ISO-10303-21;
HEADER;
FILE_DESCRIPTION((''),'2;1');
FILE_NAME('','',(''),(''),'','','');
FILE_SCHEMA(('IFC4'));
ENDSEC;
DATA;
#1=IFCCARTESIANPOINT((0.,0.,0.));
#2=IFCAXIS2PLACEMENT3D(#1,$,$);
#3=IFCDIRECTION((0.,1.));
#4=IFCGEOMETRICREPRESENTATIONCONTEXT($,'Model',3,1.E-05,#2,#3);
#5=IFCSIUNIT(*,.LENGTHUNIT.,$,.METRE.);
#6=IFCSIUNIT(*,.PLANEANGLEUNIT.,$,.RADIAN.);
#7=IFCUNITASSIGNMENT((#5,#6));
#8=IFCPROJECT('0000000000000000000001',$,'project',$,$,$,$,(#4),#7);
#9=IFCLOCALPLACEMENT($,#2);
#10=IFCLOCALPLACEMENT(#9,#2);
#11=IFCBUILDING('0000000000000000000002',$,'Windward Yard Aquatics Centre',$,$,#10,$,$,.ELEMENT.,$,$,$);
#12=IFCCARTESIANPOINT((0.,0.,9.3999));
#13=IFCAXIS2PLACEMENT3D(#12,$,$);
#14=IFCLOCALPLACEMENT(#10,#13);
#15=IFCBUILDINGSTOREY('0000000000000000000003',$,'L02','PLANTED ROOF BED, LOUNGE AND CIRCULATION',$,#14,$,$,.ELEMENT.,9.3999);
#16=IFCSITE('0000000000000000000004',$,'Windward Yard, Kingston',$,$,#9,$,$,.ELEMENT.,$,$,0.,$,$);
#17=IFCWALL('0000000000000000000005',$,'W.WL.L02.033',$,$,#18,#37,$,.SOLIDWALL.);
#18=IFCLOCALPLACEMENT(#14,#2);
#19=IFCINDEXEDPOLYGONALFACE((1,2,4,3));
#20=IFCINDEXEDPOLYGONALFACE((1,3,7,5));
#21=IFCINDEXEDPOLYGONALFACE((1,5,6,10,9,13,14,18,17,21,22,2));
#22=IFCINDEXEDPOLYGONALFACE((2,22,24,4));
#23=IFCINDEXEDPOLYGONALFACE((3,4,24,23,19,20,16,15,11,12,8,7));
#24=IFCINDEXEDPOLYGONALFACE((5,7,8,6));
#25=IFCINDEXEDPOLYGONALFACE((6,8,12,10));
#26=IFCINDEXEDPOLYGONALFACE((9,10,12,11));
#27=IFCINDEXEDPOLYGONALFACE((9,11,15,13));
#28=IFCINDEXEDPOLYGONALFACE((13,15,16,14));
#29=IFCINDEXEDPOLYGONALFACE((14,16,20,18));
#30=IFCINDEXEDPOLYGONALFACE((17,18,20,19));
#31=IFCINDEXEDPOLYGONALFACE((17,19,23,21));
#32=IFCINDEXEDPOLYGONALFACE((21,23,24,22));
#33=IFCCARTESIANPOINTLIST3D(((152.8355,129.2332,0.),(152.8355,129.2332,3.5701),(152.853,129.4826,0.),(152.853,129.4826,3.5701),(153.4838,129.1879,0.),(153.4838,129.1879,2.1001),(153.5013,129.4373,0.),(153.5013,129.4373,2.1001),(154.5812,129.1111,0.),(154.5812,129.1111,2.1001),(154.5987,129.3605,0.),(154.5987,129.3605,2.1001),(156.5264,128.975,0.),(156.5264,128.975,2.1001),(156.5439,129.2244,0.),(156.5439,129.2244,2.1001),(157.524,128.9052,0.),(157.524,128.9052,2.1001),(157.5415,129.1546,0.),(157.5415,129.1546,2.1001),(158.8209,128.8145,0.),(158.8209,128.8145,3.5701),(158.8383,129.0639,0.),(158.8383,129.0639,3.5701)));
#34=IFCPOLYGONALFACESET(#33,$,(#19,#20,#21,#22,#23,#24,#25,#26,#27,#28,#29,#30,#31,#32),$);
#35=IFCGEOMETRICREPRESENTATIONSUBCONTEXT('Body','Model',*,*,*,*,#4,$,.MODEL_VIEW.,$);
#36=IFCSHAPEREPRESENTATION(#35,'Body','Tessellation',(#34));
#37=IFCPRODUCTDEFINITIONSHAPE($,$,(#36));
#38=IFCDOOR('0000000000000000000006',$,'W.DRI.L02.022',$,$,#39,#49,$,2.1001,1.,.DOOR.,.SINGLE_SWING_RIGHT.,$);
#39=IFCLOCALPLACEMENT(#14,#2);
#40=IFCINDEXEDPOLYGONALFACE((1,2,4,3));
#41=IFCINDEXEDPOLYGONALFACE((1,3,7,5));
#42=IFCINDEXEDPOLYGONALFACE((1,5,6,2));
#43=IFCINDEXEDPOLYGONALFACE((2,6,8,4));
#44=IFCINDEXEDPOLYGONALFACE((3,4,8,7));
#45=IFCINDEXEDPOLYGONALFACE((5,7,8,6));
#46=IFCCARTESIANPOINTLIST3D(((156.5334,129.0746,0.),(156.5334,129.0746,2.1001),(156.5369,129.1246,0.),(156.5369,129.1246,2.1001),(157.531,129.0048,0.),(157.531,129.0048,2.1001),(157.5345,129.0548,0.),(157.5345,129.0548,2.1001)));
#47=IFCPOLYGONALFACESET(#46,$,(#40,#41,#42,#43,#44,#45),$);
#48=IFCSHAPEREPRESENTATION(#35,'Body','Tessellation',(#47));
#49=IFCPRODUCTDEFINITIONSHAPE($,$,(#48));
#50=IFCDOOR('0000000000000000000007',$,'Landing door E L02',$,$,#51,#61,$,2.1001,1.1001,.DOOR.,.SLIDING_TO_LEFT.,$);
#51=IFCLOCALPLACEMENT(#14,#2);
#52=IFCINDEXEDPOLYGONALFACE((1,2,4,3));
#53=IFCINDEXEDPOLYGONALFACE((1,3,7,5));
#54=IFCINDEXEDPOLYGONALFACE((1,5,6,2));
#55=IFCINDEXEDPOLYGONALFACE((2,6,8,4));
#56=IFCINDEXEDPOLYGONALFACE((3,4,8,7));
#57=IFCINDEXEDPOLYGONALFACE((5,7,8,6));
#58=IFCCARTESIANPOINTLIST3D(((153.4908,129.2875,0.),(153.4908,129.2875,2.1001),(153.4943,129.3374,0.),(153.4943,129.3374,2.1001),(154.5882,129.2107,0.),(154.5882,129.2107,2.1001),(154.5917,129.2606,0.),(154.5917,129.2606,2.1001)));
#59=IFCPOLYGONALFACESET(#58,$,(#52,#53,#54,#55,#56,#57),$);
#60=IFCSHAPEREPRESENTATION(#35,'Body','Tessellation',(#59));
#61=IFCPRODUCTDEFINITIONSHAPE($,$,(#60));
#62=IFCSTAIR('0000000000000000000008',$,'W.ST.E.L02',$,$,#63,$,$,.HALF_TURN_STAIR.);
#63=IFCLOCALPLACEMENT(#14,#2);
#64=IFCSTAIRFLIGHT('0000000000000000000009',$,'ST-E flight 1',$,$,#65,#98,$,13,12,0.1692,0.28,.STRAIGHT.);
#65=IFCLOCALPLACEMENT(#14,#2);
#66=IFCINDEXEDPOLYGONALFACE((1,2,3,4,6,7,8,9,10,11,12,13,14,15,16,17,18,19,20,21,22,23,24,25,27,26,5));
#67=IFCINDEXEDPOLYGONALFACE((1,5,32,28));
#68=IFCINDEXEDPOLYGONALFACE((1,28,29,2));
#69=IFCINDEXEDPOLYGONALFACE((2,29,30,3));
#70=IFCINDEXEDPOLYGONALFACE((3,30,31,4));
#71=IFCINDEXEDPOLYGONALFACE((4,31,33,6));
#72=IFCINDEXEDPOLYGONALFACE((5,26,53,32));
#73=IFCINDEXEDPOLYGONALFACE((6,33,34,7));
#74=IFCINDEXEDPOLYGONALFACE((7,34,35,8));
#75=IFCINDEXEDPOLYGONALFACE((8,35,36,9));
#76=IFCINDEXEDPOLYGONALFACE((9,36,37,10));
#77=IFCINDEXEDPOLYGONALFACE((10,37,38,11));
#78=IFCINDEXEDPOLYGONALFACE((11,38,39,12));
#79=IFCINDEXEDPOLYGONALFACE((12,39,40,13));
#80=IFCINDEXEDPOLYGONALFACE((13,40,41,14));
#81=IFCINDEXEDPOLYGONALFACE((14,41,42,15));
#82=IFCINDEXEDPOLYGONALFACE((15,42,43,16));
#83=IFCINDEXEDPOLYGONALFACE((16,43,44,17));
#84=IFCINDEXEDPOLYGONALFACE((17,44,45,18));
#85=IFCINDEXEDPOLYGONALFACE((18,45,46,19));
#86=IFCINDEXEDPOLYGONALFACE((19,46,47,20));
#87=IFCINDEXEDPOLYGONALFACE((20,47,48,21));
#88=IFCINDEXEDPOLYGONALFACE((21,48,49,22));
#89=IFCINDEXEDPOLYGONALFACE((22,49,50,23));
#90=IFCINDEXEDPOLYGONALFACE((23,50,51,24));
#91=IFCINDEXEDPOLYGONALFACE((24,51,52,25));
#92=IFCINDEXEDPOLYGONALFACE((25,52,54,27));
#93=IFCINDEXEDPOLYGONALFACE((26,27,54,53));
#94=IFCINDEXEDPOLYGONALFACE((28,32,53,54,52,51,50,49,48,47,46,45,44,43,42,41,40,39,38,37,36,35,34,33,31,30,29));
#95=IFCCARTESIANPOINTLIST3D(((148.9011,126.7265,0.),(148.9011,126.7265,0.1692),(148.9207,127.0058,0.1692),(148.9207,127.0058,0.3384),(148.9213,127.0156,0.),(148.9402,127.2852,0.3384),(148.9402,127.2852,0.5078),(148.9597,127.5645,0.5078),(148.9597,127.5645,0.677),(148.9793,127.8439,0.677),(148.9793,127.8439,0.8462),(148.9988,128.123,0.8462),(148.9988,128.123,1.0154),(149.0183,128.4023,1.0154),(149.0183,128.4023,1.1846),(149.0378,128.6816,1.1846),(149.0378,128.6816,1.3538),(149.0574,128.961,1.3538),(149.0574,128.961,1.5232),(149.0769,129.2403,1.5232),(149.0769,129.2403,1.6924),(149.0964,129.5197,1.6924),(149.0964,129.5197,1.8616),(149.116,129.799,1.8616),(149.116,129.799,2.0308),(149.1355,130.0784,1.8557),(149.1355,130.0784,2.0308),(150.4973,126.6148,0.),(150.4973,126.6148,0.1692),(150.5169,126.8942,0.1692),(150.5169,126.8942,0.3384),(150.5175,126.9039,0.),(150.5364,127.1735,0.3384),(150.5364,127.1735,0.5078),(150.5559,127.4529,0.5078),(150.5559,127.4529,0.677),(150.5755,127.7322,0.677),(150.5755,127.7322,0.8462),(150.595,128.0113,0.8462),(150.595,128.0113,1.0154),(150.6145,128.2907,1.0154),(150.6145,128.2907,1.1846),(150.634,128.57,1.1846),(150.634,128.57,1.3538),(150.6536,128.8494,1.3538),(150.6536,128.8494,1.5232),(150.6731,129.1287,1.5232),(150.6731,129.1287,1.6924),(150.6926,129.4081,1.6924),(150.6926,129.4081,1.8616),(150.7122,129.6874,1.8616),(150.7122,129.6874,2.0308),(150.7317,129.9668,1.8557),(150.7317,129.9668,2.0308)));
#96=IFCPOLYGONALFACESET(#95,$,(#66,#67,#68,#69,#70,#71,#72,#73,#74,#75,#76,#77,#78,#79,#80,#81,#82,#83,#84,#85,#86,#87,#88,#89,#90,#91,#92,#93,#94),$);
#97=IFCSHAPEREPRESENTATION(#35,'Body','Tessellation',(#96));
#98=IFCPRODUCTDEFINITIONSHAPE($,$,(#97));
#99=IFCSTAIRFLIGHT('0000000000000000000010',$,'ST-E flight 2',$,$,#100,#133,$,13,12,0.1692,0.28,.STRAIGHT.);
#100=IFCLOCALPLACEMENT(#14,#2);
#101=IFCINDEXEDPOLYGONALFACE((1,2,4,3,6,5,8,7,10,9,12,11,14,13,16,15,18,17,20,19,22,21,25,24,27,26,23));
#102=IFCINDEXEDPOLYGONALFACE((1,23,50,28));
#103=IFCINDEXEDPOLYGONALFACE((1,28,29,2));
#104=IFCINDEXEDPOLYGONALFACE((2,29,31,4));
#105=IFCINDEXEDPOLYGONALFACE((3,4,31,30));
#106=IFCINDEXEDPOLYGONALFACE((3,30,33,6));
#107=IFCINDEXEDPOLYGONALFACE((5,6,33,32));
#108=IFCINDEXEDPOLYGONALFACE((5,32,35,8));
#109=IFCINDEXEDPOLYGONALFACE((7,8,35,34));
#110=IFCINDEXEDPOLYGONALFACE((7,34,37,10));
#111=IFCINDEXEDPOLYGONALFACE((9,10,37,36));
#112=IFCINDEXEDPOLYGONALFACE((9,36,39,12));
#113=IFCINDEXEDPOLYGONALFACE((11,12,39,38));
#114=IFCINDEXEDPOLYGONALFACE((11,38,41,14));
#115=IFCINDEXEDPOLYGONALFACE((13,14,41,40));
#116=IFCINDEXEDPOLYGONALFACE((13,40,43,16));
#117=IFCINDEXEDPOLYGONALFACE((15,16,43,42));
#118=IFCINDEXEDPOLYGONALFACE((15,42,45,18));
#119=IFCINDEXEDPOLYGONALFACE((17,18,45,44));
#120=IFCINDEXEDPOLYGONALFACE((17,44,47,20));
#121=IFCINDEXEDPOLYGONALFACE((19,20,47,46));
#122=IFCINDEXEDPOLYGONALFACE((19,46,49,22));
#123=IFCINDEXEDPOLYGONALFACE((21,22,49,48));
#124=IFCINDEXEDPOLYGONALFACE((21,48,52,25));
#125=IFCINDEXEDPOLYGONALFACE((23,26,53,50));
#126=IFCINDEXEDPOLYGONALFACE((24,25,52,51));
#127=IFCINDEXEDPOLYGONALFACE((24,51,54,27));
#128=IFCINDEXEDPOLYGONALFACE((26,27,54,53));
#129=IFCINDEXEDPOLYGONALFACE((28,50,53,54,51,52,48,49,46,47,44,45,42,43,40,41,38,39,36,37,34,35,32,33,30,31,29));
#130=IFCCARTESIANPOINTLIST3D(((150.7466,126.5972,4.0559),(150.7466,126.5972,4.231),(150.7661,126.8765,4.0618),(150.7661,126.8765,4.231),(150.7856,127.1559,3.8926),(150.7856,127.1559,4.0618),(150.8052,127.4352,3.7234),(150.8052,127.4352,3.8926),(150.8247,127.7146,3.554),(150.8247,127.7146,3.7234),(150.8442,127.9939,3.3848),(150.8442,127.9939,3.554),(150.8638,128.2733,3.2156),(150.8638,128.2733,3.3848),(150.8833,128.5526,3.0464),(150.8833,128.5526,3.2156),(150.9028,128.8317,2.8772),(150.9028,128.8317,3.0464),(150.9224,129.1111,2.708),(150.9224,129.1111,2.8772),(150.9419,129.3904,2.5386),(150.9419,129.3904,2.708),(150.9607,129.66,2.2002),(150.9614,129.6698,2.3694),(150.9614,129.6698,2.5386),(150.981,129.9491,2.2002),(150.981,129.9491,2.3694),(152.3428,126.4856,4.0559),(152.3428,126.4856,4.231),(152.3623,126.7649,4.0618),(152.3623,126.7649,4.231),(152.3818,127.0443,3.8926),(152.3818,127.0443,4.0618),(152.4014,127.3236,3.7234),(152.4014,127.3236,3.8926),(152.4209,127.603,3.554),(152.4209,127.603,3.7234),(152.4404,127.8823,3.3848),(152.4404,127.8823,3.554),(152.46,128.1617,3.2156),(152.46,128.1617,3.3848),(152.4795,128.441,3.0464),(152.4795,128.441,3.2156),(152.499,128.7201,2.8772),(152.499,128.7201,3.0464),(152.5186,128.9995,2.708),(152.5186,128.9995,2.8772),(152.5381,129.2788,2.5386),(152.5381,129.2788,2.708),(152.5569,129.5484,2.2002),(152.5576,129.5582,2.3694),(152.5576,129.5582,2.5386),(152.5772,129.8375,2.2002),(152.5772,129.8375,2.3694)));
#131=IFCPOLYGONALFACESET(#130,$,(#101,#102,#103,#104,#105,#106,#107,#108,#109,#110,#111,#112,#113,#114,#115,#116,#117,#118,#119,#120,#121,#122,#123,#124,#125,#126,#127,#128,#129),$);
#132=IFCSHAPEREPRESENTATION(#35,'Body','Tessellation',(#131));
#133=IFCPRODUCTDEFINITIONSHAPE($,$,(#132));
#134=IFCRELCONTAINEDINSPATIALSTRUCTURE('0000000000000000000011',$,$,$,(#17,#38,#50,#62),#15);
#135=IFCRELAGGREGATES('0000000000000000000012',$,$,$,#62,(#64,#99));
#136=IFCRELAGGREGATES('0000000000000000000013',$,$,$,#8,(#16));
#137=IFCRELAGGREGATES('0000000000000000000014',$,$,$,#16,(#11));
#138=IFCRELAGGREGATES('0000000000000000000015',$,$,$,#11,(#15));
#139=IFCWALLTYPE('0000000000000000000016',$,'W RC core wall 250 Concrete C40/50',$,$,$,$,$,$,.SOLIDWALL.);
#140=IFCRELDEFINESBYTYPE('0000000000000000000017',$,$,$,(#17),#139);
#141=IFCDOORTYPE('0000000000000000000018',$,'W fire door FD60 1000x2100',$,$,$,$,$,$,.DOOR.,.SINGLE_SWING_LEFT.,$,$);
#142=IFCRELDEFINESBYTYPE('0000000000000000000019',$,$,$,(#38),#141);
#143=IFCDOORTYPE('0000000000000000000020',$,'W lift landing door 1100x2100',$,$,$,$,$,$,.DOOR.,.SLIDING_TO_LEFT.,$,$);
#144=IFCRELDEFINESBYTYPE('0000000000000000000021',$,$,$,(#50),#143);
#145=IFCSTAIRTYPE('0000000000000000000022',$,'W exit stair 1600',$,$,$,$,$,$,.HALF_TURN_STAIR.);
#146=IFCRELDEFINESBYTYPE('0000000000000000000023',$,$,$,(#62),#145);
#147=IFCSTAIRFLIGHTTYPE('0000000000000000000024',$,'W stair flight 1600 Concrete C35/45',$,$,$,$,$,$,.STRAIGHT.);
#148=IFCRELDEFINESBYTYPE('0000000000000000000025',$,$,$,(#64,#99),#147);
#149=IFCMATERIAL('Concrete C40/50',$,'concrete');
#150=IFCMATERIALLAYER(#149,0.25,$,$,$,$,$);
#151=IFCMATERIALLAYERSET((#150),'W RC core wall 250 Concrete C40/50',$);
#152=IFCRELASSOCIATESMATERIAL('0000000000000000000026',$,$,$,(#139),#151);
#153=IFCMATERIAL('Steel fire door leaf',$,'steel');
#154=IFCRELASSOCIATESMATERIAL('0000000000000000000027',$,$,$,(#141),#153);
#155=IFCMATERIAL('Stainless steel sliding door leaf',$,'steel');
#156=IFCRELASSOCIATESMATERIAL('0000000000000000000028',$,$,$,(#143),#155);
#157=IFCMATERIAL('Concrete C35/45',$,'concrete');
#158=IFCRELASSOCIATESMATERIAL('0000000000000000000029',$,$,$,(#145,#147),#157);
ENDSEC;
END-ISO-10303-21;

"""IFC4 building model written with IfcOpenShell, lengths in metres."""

from ifc_helpers import new_model, si_unit, direction, frame, frame_2d, origin, place, context, subcontext, project, spatial, polyline, rectangle, outline, extrude, material, layer, layer_set, type_object, element, fill, aggregate, save


model = new_model("IFC4")

# Units and contexts
model_context = context("Model", 3, precision=1e-05, world=origin(), true_north=direction((0.0, 1.0)))
body_context = subcontext(model_context, "Body", "Model", "MODEL_VIEW")
ifc_project = project(units=[si_unit("LENGTHUNIT", "METRE"), si_unit("PLANEANGLEUNIT", "RADIAN")], contexts=[model_context])

# Site, building, storey
site_placement = place(None, origin())
site = spatial("IfcSite", under=ifc_project, at=site_placement, Name="Windward Yard, Kingston", CompositionType="ELEMENT", RefElevation=0.0)
building_placement = place(site_placement, origin())
building = spatial("IfcBuilding", under=site, at=building_placement, Name="Windward Yard Aquatics Centre", CompositionType="ELEMENT")
storey_placement = place(building_placement, frame((0.0, 0.0, 9.3999)))
storey = spatial("IfcBuildingStorey", under=building, at=storey_placement, Name="L02", Description="PLANTED ROOF BED, LOUNGE AND CIRCULATION", CompositionType="ELEMENT", Elevation=9.3999)

# Shared definitions
ifc_material_1 = material(Name="Concrete C40/50", Category="concrete")

# Shared definitions
ifc_layer = layer(ifc_material_1, 0.25)
ifc_layer_set = layer_set([ifc_layer], Name="W RC core wall 250 Concrete C40/50")
wall_type = type_object("IfcWallType", Name="W RC core wall 250 Concrete C40/50", PredefinedType="SOLIDWALL", material=ifc_layer_set)

# Shared definitions
ifc_material_2 = material(Name="Steel fire door leaf", Category="steel")
door_type_1 = type_object("IfcDoorType", Name="W fire door FD60 1000x2100", OperationType="SINGLE_SWING_LEFT", PredefinedType="DOOR", material=ifc_material_2)

# Wall, openings, doors
wall_1_placement = place(storey_placement, frame((152.8442, 129.3579, 0.0), z_axis=(0.0, 0.0, 1.0), x_axis=(0.997562, -0.069784, 0.0)))
wall_1 = element("IfcWall", 1, at=wall_1_placement, inside=storey, type_object=wall_type, Name="W.WL.L02.033", PredefinedType="SOLIDWALL", context=body_context, shape_type="SweptSolid", body=[
    extrude(rectangle(XDim=6.0, YDim=0.25, at=frame_2d((3.0, 0.0))), origin(), (0.0, 0.0, 1.0), 3.5701),
])
opening_1_placement = place(wall_1_placement, frame((3.7, 0.0, 0.0)))
opening_1 = element("IfcOpeningElement", 2, at=opening_1_placement, cuts=wall_1, PredefinedType="OPENING", context=body_context, shape_type="SweptSolid", body=[
    extrude(rectangle(XDim=1.0, YDim=2.1001, at=frame_2d((0.5, 1.05))), frame((0.0, 0.135, 0.0), z_axis=(0.0, -1.0, 0.0), x_axis=(1.0, 0.0, 0.0)), (0.0, 0.0, 1.0), 0.27),
])
opening_2_placement = place(wall_1_placement, frame((0.6499, 0.0, 0.0)))
opening_2 = element("IfcOpeningElement", 3, at=opening_2_placement, cuts=wall_1, PredefinedType="OPENING", context=body_context, shape_type="SweptSolid", body=[
    extrude(rectangle(XDim=1.1001, YDim=2.1001, at=frame_2d((0.55, 1.05))), frame((0.0, 0.135, 0.0), z_axis=(0.0, -1.0, 0.0), x_axis=(1.0, 0.0, 0.0)), (0.0, 0.0, 1.0), 0.27),
])
door_1_placement = place(opening_1_placement, origin())
door_1 = element("IfcDoor", 4, at=door_1_placement, inside=storey, type_object=door_type_1, Name="W.DRI.L02.022", OperationType="SINGLE_SWING_RIGHT", OverallHeight=2.1001, OverallWidth=1.0, PredefinedType="DOOR", context=body_context, shape_type="SweptSolid", body=[
    extrude(rectangle(XDim=1.0, YDim=2.1001, at=frame_2d((0.5, 1.05))), frame((0.0, 0.0249, 0.0), z_axis=(0.0, -1.0, 0.0), x_axis=(1.0, 0.0, 0.0)), (0.0, 0.0, 1.0), 0.05),
])
fill(opening_1, door_1)
ifc_material_3 = material(Name="Stainless steel sliding door leaf", Category="steel")
door_type_2 = type_object("IfcDoorType", Name="W lift landing door 1100x2100", OperationType="SLIDING_TO_LEFT", PredefinedType="DOOR", material=ifc_material_3)
door_2_placement = place(opening_2_placement, origin())
door_2 = element("IfcDoor", 5, at=door_2_placement, inside=storey, type_object=door_type_2, Name="Landing door E L02", OperationType="SLIDING_TO_LEFT", OverallHeight=2.1001, OverallWidth=1.1001, PredefinedType="DOOR", context=body_context, shape_type="SweptSolid", body=[
    extrude(rectangle(XDim=1.1001, YDim=2.1001, at=frame_2d((0.55, 1.05))), frame((0.0, 0.0249, 0.0), z_axis=(0.0, -1.0, 0.0), x_axis=(1.0, 0.0, 0.0)), (0.0, 0.0, 1.0), 0.05),
])
fill(opening_2, door_2)

# Stair, stair flights
ifc_material_4 = material(Name="Concrete C35/45", Category="concrete")
stair_type = type_object("IfcStairType", Name="W exit stair 1600", PredefinedType="HALF_TURN_STAIR", material=ifc_material_4)
stair_placement = place(storey_placement, origin())
stair = element("IfcStair", 6, at=stair_placement, inside=storey, type_object=stair_type, Name="W.ST.E.L02", PredefinedType="HALF_TURN_STAIR")
stair_flight_type = type_object("IfcStairFlightType", Name="W stair flight 1600 Concrete C35/45", PredefinedType="STRAIGHT", material=ifc_material_4)
stair_flight_1_placement = place(storey_placement, frame((149.6992, 126.6707, 0.0), z_axis=(0.0, 0.0, 1.0), x_axis=(0.069756, 0.997564, 0.0)))
stair_flight_1 = element("IfcStairFlight", 7, at=stair_flight_1_placement, type_object=stair_flight_type, Name="ST-E flight 1", NumberOfRisers=13, NumberOfTreads=12, PredefinedType="STRAIGHT", RiserHeight=0.1692, TreadLength=0.28, context=body_context, shape_type="SweptSolid", body=[
    extrude(outline(polyline([(0.0, 0.0), (0.0, 0.1692), (0.28, 0.1692), (0.28, 0.3384), (0.5601, 0.3384), (0.5601, 0.5078), (0.8401, 0.5078), (0.8401, 0.677), (1.1201, 0.677), (1.1201, 0.8462), (1.3999, 0.8462), (1.3999, 1.0154), (1.6799, 1.0154), (1.6799, 1.1846), (1.96, 1.1846), (1.96, 1.3538), (2.24, 1.3538), (2.24, 1.5232), (2.52, 1.5232), (2.52, 1.6924), (2.8, 1.6924), (2.8, 1.8616), (3.0801, 1.8616), (3.0801, 2.0308), (3.3601, 2.0308), (3.3601, 2.2), (3.3601, 1.8557), (0.2898, 0.0), (0.0, 0.0)])), frame((0.0, 0.8, 0.0), z_axis=(0.0, -1.0, 0.0), x_axis=(1.0, 0.0, 0.0)), (0.0, 0.0, 1.0), 1.6001),
])
stair_flight_2_placement = place(storey_placement, frame((151.7791, 129.8933, 2.2002), z_axis=(0.0, 0.0, 1.0), x_axis=(-0.069756, -0.997564, 0.0)))
stair_flight_2 = element("IfcStairFlight", 8, at=stair_flight_2_placement, type_object=stair_flight_type, Name="ST-E flight 2", NumberOfRisers=13, NumberOfTreads=12, PredefinedType="STRAIGHT", RiserHeight=0.1692, TreadLength=0.28, context=body_context, shape_type="SweptSolid", body=[
    extrude(outline(polyline([(0.0, 0.0), (0.0, 0.1692), (0.28, 0.1692), (0.28, 0.3384), (0.5601, 0.3384), (0.5601, 0.5078), (0.8401, 0.5078), (0.8401, 0.677), (1.1201, 0.677), (1.1201, 0.8462), (1.3999, 0.8462), (1.3999, 1.0154), (1.6799, 1.0154), (1.6799, 1.1846), (1.96, 1.1846), (1.96, 1.3538), (2.24, 1.3538), (2.24, 1.5232), (2.52, 1.5232), (2.52, 1.6924), (2.8, 1.6924), (2.8, 1.8616), (3.0801, 1.8616), (3.0801, 2.0308), (3.3601, 2.0308), (3.3601, 2.2), (3.3601, 1.8557), (0.2898, 0.0), (0.0, 0.0)])), frame((0.0, 0.8, 0.0), z_axis=(0.0, -1.0, 0.0), x_axis=(1.0, 0.0, 0.0)), (0.0, 0.0, 1.0), 1.6001),
])
aggregate(stair, [stair_flight_1, stair_flight_2])

save(model, "model.ifc")
